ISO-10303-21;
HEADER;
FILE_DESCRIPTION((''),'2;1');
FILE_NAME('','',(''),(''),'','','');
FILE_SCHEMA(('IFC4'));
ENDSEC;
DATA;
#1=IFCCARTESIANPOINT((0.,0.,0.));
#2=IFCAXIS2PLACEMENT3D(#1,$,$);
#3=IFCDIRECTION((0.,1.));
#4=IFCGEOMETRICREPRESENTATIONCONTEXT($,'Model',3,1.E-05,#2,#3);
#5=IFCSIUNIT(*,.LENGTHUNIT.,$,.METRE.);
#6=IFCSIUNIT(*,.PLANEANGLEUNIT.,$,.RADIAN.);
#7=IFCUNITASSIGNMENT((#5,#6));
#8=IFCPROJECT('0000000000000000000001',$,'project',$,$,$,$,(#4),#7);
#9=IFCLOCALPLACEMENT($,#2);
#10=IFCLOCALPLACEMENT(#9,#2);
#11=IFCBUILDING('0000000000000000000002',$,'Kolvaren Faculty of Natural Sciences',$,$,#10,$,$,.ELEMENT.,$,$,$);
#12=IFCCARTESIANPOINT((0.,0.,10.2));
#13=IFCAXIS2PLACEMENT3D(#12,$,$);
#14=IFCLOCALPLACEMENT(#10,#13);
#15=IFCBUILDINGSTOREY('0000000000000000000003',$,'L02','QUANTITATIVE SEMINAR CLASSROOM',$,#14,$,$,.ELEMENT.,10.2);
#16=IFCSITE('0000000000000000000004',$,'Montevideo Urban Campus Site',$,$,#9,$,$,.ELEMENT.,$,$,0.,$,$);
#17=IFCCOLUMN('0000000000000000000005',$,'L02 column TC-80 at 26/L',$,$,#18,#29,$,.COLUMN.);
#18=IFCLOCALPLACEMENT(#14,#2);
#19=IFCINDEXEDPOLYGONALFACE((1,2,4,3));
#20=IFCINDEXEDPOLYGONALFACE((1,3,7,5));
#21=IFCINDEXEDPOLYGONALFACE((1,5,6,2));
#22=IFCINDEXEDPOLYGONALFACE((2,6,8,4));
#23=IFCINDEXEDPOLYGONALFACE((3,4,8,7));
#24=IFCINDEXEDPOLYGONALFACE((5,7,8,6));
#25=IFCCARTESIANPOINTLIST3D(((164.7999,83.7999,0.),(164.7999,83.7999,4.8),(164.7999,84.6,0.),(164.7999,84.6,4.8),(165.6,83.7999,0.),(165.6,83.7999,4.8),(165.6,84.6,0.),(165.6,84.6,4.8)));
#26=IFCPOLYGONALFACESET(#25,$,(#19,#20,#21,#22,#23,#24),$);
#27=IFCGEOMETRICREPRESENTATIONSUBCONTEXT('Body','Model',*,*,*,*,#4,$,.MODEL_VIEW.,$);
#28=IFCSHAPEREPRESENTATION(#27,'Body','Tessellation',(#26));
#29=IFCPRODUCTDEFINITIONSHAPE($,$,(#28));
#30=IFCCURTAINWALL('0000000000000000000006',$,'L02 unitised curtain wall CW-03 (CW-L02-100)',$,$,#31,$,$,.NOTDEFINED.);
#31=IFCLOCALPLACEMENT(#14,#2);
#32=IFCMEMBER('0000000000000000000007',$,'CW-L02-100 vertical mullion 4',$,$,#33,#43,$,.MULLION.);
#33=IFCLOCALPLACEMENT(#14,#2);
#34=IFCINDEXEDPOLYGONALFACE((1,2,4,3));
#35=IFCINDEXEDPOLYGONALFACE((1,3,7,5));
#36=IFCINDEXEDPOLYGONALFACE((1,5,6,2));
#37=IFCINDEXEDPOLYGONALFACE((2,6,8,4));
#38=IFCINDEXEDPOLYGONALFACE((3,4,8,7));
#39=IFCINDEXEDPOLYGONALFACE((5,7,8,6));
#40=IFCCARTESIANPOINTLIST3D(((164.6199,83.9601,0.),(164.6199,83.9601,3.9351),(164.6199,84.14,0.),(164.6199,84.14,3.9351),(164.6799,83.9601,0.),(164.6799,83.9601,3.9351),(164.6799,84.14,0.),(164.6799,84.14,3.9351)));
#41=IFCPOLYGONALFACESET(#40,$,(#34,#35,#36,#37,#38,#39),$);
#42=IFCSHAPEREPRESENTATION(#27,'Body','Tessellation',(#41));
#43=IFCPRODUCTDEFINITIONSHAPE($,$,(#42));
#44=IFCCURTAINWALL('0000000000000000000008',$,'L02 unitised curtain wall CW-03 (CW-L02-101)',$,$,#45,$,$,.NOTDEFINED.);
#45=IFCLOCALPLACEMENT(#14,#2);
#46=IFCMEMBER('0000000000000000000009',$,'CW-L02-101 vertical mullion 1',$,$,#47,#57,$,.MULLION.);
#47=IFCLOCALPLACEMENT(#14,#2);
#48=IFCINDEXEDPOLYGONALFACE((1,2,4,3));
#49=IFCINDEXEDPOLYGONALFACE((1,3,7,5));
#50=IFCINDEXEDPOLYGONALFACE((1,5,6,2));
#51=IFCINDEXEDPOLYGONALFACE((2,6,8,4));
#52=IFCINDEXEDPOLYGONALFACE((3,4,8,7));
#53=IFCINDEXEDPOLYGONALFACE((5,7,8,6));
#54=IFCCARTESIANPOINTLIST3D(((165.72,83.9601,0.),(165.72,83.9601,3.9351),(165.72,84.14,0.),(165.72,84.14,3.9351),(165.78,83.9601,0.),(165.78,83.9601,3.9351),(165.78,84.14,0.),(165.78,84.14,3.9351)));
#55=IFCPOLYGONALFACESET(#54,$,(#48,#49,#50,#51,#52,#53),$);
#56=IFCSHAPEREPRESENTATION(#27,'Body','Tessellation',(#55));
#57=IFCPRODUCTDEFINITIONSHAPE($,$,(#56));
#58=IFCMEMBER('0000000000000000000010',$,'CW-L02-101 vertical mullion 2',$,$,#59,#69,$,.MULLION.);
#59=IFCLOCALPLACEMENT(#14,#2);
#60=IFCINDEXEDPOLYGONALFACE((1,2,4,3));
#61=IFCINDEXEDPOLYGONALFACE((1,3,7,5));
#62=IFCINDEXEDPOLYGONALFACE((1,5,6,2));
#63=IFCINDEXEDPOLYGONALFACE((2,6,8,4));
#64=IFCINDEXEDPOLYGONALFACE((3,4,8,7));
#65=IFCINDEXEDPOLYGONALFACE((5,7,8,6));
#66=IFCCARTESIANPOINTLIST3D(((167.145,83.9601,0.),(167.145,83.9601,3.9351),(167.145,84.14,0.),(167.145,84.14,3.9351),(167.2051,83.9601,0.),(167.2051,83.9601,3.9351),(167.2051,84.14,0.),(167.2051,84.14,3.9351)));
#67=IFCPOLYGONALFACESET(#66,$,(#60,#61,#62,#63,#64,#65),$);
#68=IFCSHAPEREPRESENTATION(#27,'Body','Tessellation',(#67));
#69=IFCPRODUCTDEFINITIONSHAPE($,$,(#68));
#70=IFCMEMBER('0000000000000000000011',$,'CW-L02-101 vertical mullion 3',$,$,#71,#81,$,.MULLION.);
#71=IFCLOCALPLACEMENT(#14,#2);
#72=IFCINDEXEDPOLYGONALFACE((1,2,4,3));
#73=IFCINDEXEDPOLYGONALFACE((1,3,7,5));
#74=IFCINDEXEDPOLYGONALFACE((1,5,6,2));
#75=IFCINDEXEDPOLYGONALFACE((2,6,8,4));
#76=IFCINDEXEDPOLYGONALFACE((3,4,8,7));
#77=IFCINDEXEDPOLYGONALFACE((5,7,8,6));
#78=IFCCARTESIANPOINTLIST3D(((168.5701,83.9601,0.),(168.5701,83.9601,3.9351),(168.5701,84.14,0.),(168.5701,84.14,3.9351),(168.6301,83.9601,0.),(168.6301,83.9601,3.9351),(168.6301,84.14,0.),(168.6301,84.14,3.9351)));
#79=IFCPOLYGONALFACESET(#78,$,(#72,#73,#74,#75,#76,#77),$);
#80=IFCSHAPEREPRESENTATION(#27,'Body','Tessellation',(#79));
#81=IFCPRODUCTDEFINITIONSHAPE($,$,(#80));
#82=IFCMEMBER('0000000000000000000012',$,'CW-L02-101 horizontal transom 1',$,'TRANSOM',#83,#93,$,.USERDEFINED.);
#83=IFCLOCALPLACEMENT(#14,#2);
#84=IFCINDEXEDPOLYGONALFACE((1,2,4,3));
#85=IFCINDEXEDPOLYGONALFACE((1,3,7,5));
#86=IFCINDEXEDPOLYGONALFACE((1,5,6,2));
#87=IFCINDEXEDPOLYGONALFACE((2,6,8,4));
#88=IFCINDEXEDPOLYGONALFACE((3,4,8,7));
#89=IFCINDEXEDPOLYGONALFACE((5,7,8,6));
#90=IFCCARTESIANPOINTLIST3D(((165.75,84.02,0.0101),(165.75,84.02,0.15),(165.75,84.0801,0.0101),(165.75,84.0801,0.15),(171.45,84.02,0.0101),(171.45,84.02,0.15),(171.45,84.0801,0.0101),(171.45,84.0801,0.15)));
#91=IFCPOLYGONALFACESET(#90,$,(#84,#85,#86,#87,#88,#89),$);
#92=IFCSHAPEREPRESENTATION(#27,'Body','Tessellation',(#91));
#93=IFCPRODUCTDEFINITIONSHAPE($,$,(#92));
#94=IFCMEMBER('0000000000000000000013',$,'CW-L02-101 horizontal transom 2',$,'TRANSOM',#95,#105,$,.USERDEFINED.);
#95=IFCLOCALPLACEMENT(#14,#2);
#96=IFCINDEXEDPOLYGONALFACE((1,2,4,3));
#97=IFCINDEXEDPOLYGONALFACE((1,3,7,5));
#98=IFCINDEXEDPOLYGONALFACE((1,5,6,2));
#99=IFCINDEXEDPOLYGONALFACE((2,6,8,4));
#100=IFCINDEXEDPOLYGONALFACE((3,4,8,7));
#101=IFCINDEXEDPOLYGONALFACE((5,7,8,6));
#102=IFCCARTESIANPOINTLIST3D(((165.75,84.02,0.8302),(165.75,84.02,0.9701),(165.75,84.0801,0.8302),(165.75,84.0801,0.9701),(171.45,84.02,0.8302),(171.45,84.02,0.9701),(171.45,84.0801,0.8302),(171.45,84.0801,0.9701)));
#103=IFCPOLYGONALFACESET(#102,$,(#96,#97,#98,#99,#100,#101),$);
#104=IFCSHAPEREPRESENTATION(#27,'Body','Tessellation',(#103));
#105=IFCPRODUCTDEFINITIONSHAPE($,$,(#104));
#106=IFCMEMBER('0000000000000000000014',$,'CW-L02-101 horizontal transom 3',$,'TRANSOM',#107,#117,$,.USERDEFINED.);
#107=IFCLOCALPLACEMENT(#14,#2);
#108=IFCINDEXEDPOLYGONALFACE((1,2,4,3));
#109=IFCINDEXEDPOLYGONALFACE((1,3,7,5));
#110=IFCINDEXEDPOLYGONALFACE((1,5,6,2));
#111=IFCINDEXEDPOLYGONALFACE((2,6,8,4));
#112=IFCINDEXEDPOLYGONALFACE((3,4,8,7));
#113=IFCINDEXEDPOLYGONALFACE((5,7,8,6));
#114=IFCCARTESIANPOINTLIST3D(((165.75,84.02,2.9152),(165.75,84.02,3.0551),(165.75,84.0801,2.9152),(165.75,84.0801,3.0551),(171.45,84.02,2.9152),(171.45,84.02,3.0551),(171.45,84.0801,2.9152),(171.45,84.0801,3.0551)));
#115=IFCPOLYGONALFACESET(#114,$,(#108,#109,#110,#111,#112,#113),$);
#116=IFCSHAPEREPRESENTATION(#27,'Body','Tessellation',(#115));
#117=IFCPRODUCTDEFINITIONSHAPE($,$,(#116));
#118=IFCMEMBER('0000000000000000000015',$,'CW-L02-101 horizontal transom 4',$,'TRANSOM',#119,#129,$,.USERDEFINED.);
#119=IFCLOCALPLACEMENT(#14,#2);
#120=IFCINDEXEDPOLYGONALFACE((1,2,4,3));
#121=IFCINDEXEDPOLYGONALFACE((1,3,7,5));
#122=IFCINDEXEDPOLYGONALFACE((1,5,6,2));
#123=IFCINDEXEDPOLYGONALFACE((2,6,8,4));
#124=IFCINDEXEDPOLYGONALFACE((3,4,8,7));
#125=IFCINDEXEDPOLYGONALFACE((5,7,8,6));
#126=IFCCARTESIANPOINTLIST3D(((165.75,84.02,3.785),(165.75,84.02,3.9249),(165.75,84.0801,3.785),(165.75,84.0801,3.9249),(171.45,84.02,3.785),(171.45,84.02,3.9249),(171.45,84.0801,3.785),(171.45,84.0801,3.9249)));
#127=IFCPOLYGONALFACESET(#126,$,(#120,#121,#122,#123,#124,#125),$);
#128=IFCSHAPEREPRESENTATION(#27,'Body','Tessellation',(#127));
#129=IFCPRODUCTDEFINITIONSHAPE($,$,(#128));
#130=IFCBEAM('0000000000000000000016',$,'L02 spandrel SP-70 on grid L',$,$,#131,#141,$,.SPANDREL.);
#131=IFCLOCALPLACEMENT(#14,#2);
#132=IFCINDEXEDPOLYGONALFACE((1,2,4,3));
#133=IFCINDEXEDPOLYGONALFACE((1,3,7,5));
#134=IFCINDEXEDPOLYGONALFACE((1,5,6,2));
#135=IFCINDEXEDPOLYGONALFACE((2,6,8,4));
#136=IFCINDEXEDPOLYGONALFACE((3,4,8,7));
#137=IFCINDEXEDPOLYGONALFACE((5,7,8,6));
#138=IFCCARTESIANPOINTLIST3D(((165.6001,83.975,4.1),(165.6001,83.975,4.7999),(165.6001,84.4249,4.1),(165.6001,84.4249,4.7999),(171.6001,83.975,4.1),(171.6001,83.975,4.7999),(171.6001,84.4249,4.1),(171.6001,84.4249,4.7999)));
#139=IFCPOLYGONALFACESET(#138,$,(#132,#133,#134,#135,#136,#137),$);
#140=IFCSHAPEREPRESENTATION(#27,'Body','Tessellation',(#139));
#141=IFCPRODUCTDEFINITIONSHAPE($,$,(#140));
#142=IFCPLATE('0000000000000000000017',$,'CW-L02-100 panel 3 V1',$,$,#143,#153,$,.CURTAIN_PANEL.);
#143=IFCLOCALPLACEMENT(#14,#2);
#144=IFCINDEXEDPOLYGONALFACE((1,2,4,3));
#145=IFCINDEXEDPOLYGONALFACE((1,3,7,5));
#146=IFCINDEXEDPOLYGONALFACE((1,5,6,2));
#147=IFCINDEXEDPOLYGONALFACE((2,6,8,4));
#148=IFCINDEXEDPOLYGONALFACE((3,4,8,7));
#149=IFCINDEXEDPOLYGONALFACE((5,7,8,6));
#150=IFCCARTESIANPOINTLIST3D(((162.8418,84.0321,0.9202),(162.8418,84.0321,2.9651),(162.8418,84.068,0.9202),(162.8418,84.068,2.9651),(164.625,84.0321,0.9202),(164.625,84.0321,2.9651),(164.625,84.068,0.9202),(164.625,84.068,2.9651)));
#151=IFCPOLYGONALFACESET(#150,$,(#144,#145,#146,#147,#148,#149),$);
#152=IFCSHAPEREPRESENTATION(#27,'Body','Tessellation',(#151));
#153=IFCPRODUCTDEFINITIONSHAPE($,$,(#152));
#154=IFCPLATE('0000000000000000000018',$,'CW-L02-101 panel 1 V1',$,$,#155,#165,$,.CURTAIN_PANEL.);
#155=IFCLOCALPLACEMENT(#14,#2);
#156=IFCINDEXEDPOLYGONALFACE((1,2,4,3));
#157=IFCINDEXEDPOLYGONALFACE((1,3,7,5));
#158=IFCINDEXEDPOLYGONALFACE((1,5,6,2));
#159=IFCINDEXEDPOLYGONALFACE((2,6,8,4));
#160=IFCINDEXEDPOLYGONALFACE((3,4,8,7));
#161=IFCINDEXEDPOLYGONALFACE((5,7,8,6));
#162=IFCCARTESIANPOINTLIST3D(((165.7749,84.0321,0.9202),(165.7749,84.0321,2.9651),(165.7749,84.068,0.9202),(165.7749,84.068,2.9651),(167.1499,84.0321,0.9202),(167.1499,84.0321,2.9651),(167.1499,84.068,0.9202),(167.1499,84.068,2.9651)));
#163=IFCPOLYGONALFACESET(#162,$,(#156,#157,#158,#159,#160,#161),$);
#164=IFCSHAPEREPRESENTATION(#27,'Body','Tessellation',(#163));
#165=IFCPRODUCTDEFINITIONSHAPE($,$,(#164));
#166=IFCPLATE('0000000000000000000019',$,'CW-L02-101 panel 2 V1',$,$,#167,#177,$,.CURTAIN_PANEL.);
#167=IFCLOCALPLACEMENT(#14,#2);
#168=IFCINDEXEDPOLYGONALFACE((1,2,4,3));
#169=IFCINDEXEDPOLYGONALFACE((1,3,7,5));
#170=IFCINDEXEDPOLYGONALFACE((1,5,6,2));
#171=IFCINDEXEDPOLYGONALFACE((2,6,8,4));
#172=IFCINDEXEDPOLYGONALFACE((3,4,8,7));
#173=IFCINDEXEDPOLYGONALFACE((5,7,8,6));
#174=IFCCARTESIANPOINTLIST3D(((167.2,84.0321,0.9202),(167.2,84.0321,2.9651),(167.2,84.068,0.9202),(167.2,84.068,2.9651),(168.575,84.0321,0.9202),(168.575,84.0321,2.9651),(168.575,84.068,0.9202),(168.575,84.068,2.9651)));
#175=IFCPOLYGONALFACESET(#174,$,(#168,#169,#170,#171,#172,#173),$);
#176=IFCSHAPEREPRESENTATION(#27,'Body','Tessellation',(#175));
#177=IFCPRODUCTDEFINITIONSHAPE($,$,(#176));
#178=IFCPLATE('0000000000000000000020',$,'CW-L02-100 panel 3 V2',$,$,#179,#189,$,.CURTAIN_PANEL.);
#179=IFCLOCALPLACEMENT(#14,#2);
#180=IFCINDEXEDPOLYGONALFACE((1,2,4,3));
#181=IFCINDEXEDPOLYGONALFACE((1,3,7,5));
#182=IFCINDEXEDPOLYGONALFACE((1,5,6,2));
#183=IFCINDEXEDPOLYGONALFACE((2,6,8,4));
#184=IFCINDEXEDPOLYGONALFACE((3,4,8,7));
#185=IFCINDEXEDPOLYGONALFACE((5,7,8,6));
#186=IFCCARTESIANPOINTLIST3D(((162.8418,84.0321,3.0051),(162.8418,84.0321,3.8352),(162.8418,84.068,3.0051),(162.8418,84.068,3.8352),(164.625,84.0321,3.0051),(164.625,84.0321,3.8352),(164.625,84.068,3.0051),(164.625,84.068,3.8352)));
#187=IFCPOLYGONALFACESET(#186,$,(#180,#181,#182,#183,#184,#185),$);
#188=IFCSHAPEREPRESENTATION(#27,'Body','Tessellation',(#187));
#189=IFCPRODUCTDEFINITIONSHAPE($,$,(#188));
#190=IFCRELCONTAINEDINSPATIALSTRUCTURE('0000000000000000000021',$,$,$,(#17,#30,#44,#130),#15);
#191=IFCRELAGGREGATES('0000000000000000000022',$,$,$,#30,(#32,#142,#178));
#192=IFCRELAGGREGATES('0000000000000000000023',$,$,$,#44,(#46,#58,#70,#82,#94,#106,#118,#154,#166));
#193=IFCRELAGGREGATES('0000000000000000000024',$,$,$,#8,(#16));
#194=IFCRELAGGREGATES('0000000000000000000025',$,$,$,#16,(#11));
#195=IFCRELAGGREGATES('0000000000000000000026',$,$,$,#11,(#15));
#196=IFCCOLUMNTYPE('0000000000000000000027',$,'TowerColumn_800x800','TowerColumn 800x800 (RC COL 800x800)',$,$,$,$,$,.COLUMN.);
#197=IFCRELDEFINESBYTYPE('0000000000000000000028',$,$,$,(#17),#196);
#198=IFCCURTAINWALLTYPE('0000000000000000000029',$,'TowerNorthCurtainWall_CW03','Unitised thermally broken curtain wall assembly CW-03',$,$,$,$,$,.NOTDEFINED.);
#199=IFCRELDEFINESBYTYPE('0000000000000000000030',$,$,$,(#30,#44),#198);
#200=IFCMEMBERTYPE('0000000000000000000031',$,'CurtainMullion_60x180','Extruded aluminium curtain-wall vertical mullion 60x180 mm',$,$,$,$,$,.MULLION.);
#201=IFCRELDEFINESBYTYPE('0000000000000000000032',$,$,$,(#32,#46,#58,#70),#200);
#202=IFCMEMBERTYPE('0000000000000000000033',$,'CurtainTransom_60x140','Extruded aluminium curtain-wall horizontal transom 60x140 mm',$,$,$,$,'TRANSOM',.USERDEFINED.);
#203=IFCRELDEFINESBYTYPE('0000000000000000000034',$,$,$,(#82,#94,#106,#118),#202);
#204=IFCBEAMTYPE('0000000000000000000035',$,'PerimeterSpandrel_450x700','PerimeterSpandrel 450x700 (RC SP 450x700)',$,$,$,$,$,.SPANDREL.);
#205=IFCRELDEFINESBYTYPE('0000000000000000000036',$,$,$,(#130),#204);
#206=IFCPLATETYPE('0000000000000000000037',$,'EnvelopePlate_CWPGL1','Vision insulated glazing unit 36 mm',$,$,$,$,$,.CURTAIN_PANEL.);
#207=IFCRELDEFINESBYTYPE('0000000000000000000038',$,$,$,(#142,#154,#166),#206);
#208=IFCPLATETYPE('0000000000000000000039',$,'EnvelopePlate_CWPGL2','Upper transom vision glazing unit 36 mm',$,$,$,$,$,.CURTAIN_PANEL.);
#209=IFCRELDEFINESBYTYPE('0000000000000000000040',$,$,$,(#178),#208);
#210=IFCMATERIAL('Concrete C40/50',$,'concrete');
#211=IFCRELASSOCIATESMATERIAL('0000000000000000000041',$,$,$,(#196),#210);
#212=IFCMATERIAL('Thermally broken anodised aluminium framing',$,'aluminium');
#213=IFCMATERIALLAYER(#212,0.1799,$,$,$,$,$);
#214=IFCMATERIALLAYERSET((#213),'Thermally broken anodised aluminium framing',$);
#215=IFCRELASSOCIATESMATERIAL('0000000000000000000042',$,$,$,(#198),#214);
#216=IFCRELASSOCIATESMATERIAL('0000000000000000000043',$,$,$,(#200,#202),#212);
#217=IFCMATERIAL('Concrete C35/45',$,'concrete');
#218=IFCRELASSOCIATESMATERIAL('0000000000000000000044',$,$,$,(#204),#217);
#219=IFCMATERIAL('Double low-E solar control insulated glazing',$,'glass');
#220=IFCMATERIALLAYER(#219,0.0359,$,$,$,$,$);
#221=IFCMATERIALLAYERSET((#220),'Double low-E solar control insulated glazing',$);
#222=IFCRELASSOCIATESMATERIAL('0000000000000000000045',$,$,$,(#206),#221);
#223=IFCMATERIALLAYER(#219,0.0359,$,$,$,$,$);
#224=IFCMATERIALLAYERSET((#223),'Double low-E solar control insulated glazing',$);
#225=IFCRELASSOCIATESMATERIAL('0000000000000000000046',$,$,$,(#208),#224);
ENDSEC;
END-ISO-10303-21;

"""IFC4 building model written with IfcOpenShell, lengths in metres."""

from ifc_helpers import new_model, si_unit, direction, frame, origin, origin_2d, place, context, subcontext, project, spatial, rectangle, extrude, material, layer, layer_set, material_profile, profile_set, type_object, element, aggregate, save


model = new_model("IFC4")

# Units and contexts
model_context = context("Model", 3, precision=1e-05, world=origin(), true_north=direction((0.0, 1.0)))
body_context = subcontext(model_context, "Body", "Model", "MODEL_VIEW")
ifc_project = project(units=[si_unit("LENGTHUNIT", "METRE"), si_unit("PLANEANGLEUNIT", "RADIAN")], contexts=[model_context])

# Site, building, storey
site_placement = place(None, origin())
site = spatial("IfcSite", under=ifc_project, at=site_placement, Name="Montevideo Urban Campus Site", CompositionType="ELEMENT", RefElevation=0.0)
building_placement = place(site_placement, origin())
building = spatial("IfcBuilding", under=site, at=building_placement, Name="Kolvaren Faculty of Natural Sciences", CompositionType="ELEMENT")
storey_placement = place(building_placement, frame((0.0, 0.0, 10.2)))
storey = spatial("IfcBuildingStorey", under=building, at=storey_placement, Name="L02", Description="QUANTITATIVE SEMINAR CLASSROOM", CompositionType="ELEMENT", Elevation=10.2)

# Column
ifc_material_1 = material(Name="Concrete C40/50", Category="concrete")
ifc_material_profile_1 = material_profile(ifc_material_1, rectangle(XDim=0.8, YDim=0.8, at=origin_2d()), Name="RC COL 800x800")
ifc_profile_set_1 = profile_set([ifc_material_profile_1], Name="Concrete C40/50")
column_type = type_object("IfcColumnType", Name="TowerColumn_800x800", Description="TowerColumn 800x800 (RC COL 800x800)", PredefinedType="COLUMN", material=ifc_profile_set_1)
column_placement = place(storey_placement, frame((165.2, 84.2, 0.0), z_axis=(0.0, 0.0, 1.0), x_axis=(1.0, 0.0, 0.0)))
element("IfcColumn", 1, at=column_placement, inside=storey, type_object=column_type, Name="L02 column TC-80 at 26/L", PredefinedType="COLUMN", context=body_context, shape_type="SweptSolid", body=[
    extrude(rectangle(XDim=0.8, YDim=0.8, at=origin_2d()), origin(), (0.0, 0.0, 1.0), 4.8),
])

# Curtain wall, member
ifc_material_2 = material(Name="Thermally broken anodised aluminium framing", Category="aluminium")
ifc_layer_1 = layer(ifc_material_2, 0.1799)
ifc_layer_set_1 = layer_set([ifc_layer_1], Name="Thermally broken anodised aluminium framing")
curtain_wall_type = type_object("IfcCurtainWallType", Name="TowerNorthCurtainWall_CW03", Description="Unitised thermally broken curtain wall assembly CW-03", PredefinedType="NOTDEFINED", material=ifc_layer_set_1)
curtain_wall_1_placement = place(storey_placement, origin())
curtain_wall_1 = element("IfcCurtainWall", 2, at=curtain_wall_1_placement, inside=storey, type_object=curtain_wall_type, Name="L02 unitised curtain wall CW-03 (CW-L02-100)", PredefinedType="NOTDEFINED")
ifc_material_profile_2 = material_profile(ifc_material_2, rectangle(XDim=0.0601, YDim=0.1799, at=origin_2d()), Name="ALU MUL 60x180")
ifc_profile_set_2 = profile_set([ifc_material_profile_2], Name="Thermally broken anodised aluminium framing")
member_type_1 = type_object("IfcMemberType", Name="CurtainMullion_60x180", Description="Extruded aluminium curtain-wall vertical mullion 60x180 mm", PredefinedType="MULLION", material=ifc_profile_set_2)
member_1_placement = place(storey_placement, frame((164.6499, 84.05, 0.0), z_axis=(0.0, 0.0, 1.0), x_axis=(1.0, 0.0, 0.0)))
member_1 = element("IfcMember", 3, at=member_1_placement, type_object=member_type_1, Name="CW-L02-100 vertical mullion 4", PredefinedType="MULLION", context=body_context, shape_type="SweptSolid", body=[
    extrude(rectangle(XDim=0.0601, YDim=0.1799, at=origin_2d()), origin(), (0.0, 0.0, 1.0), 3.9351),
])

# Curtain wall, members
curtain_wall_2_placement = place(storey_placement, origin())
curtain_wall_2 = element("IfcCurtainWall", 4, at=curtain_wall_2_placement, inside=storey, type_object=curtain_wall_type, Name="L02 unitised curtain wall CW-03 (CW-L02-101)", PredefinedType="NOTDEFINED")
member_2_placement = place(storey_placement, frame((165.75, 84.05, 0.0), z_axis=(0.0, 0.0, 1.0), x_axis=(1.0, 0.0, 0.0)))
member_2 = element("IfcMember", 5, at=member_2_placement, type_object=member_type_1, Name="CW-L02-101 vertical mullion 1", PredefinedType="MULLION", context=body_context, shape_type="SweptSolid", body=[
    extrude(rectangle(XDim=0.0601, YDim=0.1799, at=origin_2d()), origin(), (0.0, 0.0, 1.0), 3.9351),
])
member_3_placement = place(storey_placement, frame((167.175, 84.05, 0.0), z_axis=(0.0, 0.0, 1.0), x_axis=(1.0, 0.0, 0.0)))
member_3 = element("IfcMember", 6, at=member_3_placement, type_object=member_type_1, Name="CW-L02-101 vertical mullion 2", PredefinedType="MULLION", context=body_context, shape_type="SweptSolid", body=[
    extrude(rectangle(XDim=0.0601, YDim=0.1799, at=origin_2d()), origin(), (0.0, 0.0, 1.0), 3.9351),
])
member_4_placement = place(storey_placement, frame((168.6001, 84.05, 0.0), z_axis=(0.0, 0.0, 1.0), x_axis=(1.0, 0.0, 0.0)))
member_4 = element("IfcMember", 7, at=member_4_placement, type_object=member_type_1, Name="CW-L02-101 vertical mullion 3", PredefinedType="MULLION", context=body_context, shape_type="SweptSolid", body=[
    extrude(rectangle(XDim=0.0601, YDim=0.1799, at=origin_2d()), origin(), (0.0, 0.0, 1.0), 3.9351),
])
ifc_material_profile_3 = material_profile(ifc_material_2, rectangle(XDim=0.0601, YDim=0.1399, at=origin_2d()), Name="ALU TRN 60x140")
ifc_profile_set_3 = profile_set([ifc_material_profile_3], Name="Thermally broken anodised aluminium framing")
member_type_2 = type_object("IfcMemberType", Name="CurtainTransom_60x140", Description="Extruded aluminium curtain-wall horizontal transom 60x140 mm", ElementType="TRANSOM", PredefinedType="USERDEFINED", material=ifc_profile_set_3)
member_5_placement = place(storey_placement, frame((165.75, 84.05, 0.0801), z_axis=(1.0, 0.0, 0.0), x_axis=(0.0, 1.0, 0.0)))
member_5 = element("IfcMember", 8, at=member_5_placement, type_object=member_type_2, Name="CW-L02-101 horizontal transom 1", ObjectType="TRANSOM", PredefinedType="USERDEFINED", context=body_context, shape_type="SweptSolid", body=[
    extrude(rectangle(XDim=0.0601, YDim=0.1399, at=origin_2d()), origin(), (0.0, 0.0, 1.0), 5.7),
])
member_6_placement = place(storey_placement, frame((165.75, 84.05, 0.9001), z_axis=(1.0, 0.0, 0.0), x_axis=(0.0, 1.0, 0.0)))
member_6 = element("IfcMember", 9, at=member_6_placement, type_object=member_type_2, Name="CW-L02-101 horizontal transom 2", ObjectType="TRANSOM", PredefinedType="USERDEFINED", context=body_context, shape_type="SweptSolid", body=[
    extrude(rectangle(XDim=0.0601, YDim=0.1399, at=origin_2d()), origin(), (0.0, 0.0, 1.0), 5.7),
])
member_7_placement = place(storey_placement, frame((165.75, 84.05, 2.9851), z_axis=(1.0, 0.0, 0.0), x_axis=(0.0, 1.0, 0.0)))
member_7 = element("IfcMember", 10, at=member_7_placement, type_object=member_type_2, Name="CW-L02-101 horizontal transom 3", ObjectType="TRANSOM", PredefinedType="USERDEFINED", context=body_context, shape_type="SweptSolid", body=[
    extrude(rectangle(XDim=0.0601, YDim=0.1399, at=origin_2d()), origin(), (0.0, 0.0, 1.0), 5.7),
])
member_8_placement = place(storey_placement, frame((165.75, 84.05, 3.855), z_axis=(1.0, 0.0, 0.0), x_axis=(0.0, 1.0, 0.0)))
member_8 = element("IfcMember", 11, at=member_8_placement, type_object=member_type_2, Name="CW-L02-101 horizontal transom 4", ObjectType="TRANSOM", PredefinedType="USERDEFINED", context=body_context, shape_type="SweptSolid", body=[
    extrude(rectangle(XDim=0.0601, YDim=0.1399, at=origin_2d()), origin(), (0.0, 0.0, 1.0), 5.7),
])

# Beam
ifc_material_3 = material(Name="Concrete C35/45", Category="concrete")
ifc_material_profile_4 = material_profile(ifc_material_3, rectangle(XDim=0.45, YDim=0.7, at=origin_2d()), Name="RC SP 450x700")
ifc_profile_set_4 = profile_set([ifc_material_profile_4], Name="Concrete C35/45")
beam_type = type_object("IfcBeamType", Name="PerimeterSpandrel_450x700", Description="PerimeterSpandrel 450x700 (RC SP 450x700)", PredefinedType="SPANDREL", material=ifc_profile_set_4)
beam_placement = place(storey_placement, frame((165.6001, 84.2, 4.45), z_axis=(1.0, 0.0, 0.0), x_axis=(0.0, 1.0, 0.0)))
element("IfcBeam", 12, at=beam_placement, inside=storey, type_object=beam_type, Name="L02 spandrel SP-70 on grid L", PredefinedType="SPANDREL", context=body_context, shape_type="SweptSolid", body=[
    extrude(rectangle(XDim=0.45, YDim=0.7, at=origin_2d()), origin(), (0.0, 0.0, 1.0), 6.0),
])

# Plates
ifc_material_4 = material(Name="Double low-E solar control insulated glazing", Category="glass")
ifc_layer_2 = layer(ifc_material_4, 0.0359)
ifc_layer_set_2 = layer_set([ifc_layer_2], Name="Double low-E solar control insulated glazing")
plate_type_1 = type_object("IfcPlateType", Name="EnvelopePlate_CWPGL1", Description="Vision insulated glazing unit 36 mm", PredefinedType="CURTAIN_PANEL", material=ifc_layer_set_2)
plate_1_placement = place(storey_placement, frame((163.7334, 84.05, 0.9202), z_axis=(0.0, 0.0, 1.0), x_axis=(1.0, 0.0, 0.0)))
plate_1 = element("IfcPlate", 13, at=plate_1_placement, type_object=plate_type_1, Name="CW-L02-100 panel 3 V1", PredefinedType="CURTAIN_PANEL", context=body_context, shape_type="SweptSolid", body=[
    extrude(rectangle(XDim=1.7832, YDim=0.0359, at=origin_2d()), origin(), (0.0, 0.0, 1.0), 2.0449),
])
plate_2_placement = place(storey_placement, frame((166.4624, 84.05, 0.9202), z_axis=(0.0, 0.0, 1.0), x_axis=(1.0, 0.0, 0.0)))
plate_2 = element("IfcPlate", 14, at=plate_2_placement, type_object=plate_type_1, Name="CW-L02-101 panel 1 V1", PredefinedType="CURTAIN_PANEL", context=body_context, shape_type="SweptSolid", body=[
    extrude(rectangle(XDim=1.375, YDim=0.0359, at=origin_2d()), origin(), (0.0, 0.0, 1.0), 2.0449),
])
plate_3_placement = place(storey_placement, frame((167.8875, 84.05, 0.9202), z_axis=(0.0, 0.0, 1.0), x_axis=(1.0, 0.0, 0.0)))
plate_3 = element("IfcPlate", 15, at=plate_3_placement, type_object=plate_type_1, Name="CW-L02-101 panel 2 V1", PredefinedType="CURTAIN_PANEL", context=body_context, shape_type="SweptSolid", body=[
    extrude(rectangle(XDim=1.375, YDim=0.0359, at=origin_2d()), origin(), (0.0, 0.0, 1.0), 2.0449),
])
ifc_layer_3 = layer(ifc_material_4, 0.0359)
ifc_layer_set_3 = layer_set([ifc_layer_3], Name="Double low-E solar control insulated glazing")
plate_type_2 = type_object("IfcPlateType", Name="EnvelopePlate_CWPGL2", Description="Upper transom vision glazing unit 36 mm", PredefinedType="CURTAIN_PANEL", material=ifc_layer_set_3)
plate_4_placement = place(storey_placement, frame((163.7334, 84.05, 3.0051), z_axis=(0.0, 0.0, 1.0), x_axis=(1.0, 0.0, 0.0)))
plate_4 = element("IfcPlate", 16, at=plate_4_placement, type_object=plate_type_2, Name="CW-L02-100 panel 3 V2", PredefinedType="CURTAIN_PANEL", context=body_context, shape_type="SweptSolid", body=[
    extrude(rectangle(XDim=1.7832, YDim=0.0359, at=origin_2d()), origin(), (0.0, 0.0, 1.0), 0.8301),
])
aggregate(curtain_wall_1, [member_1, plate_1, plate_4])
aggregate(curtain_wall_2, [member_2, member_3, member_4, member_5, member_6, member_7, member_8, plate_2, plate_3])

save(model, "model.ifc")
